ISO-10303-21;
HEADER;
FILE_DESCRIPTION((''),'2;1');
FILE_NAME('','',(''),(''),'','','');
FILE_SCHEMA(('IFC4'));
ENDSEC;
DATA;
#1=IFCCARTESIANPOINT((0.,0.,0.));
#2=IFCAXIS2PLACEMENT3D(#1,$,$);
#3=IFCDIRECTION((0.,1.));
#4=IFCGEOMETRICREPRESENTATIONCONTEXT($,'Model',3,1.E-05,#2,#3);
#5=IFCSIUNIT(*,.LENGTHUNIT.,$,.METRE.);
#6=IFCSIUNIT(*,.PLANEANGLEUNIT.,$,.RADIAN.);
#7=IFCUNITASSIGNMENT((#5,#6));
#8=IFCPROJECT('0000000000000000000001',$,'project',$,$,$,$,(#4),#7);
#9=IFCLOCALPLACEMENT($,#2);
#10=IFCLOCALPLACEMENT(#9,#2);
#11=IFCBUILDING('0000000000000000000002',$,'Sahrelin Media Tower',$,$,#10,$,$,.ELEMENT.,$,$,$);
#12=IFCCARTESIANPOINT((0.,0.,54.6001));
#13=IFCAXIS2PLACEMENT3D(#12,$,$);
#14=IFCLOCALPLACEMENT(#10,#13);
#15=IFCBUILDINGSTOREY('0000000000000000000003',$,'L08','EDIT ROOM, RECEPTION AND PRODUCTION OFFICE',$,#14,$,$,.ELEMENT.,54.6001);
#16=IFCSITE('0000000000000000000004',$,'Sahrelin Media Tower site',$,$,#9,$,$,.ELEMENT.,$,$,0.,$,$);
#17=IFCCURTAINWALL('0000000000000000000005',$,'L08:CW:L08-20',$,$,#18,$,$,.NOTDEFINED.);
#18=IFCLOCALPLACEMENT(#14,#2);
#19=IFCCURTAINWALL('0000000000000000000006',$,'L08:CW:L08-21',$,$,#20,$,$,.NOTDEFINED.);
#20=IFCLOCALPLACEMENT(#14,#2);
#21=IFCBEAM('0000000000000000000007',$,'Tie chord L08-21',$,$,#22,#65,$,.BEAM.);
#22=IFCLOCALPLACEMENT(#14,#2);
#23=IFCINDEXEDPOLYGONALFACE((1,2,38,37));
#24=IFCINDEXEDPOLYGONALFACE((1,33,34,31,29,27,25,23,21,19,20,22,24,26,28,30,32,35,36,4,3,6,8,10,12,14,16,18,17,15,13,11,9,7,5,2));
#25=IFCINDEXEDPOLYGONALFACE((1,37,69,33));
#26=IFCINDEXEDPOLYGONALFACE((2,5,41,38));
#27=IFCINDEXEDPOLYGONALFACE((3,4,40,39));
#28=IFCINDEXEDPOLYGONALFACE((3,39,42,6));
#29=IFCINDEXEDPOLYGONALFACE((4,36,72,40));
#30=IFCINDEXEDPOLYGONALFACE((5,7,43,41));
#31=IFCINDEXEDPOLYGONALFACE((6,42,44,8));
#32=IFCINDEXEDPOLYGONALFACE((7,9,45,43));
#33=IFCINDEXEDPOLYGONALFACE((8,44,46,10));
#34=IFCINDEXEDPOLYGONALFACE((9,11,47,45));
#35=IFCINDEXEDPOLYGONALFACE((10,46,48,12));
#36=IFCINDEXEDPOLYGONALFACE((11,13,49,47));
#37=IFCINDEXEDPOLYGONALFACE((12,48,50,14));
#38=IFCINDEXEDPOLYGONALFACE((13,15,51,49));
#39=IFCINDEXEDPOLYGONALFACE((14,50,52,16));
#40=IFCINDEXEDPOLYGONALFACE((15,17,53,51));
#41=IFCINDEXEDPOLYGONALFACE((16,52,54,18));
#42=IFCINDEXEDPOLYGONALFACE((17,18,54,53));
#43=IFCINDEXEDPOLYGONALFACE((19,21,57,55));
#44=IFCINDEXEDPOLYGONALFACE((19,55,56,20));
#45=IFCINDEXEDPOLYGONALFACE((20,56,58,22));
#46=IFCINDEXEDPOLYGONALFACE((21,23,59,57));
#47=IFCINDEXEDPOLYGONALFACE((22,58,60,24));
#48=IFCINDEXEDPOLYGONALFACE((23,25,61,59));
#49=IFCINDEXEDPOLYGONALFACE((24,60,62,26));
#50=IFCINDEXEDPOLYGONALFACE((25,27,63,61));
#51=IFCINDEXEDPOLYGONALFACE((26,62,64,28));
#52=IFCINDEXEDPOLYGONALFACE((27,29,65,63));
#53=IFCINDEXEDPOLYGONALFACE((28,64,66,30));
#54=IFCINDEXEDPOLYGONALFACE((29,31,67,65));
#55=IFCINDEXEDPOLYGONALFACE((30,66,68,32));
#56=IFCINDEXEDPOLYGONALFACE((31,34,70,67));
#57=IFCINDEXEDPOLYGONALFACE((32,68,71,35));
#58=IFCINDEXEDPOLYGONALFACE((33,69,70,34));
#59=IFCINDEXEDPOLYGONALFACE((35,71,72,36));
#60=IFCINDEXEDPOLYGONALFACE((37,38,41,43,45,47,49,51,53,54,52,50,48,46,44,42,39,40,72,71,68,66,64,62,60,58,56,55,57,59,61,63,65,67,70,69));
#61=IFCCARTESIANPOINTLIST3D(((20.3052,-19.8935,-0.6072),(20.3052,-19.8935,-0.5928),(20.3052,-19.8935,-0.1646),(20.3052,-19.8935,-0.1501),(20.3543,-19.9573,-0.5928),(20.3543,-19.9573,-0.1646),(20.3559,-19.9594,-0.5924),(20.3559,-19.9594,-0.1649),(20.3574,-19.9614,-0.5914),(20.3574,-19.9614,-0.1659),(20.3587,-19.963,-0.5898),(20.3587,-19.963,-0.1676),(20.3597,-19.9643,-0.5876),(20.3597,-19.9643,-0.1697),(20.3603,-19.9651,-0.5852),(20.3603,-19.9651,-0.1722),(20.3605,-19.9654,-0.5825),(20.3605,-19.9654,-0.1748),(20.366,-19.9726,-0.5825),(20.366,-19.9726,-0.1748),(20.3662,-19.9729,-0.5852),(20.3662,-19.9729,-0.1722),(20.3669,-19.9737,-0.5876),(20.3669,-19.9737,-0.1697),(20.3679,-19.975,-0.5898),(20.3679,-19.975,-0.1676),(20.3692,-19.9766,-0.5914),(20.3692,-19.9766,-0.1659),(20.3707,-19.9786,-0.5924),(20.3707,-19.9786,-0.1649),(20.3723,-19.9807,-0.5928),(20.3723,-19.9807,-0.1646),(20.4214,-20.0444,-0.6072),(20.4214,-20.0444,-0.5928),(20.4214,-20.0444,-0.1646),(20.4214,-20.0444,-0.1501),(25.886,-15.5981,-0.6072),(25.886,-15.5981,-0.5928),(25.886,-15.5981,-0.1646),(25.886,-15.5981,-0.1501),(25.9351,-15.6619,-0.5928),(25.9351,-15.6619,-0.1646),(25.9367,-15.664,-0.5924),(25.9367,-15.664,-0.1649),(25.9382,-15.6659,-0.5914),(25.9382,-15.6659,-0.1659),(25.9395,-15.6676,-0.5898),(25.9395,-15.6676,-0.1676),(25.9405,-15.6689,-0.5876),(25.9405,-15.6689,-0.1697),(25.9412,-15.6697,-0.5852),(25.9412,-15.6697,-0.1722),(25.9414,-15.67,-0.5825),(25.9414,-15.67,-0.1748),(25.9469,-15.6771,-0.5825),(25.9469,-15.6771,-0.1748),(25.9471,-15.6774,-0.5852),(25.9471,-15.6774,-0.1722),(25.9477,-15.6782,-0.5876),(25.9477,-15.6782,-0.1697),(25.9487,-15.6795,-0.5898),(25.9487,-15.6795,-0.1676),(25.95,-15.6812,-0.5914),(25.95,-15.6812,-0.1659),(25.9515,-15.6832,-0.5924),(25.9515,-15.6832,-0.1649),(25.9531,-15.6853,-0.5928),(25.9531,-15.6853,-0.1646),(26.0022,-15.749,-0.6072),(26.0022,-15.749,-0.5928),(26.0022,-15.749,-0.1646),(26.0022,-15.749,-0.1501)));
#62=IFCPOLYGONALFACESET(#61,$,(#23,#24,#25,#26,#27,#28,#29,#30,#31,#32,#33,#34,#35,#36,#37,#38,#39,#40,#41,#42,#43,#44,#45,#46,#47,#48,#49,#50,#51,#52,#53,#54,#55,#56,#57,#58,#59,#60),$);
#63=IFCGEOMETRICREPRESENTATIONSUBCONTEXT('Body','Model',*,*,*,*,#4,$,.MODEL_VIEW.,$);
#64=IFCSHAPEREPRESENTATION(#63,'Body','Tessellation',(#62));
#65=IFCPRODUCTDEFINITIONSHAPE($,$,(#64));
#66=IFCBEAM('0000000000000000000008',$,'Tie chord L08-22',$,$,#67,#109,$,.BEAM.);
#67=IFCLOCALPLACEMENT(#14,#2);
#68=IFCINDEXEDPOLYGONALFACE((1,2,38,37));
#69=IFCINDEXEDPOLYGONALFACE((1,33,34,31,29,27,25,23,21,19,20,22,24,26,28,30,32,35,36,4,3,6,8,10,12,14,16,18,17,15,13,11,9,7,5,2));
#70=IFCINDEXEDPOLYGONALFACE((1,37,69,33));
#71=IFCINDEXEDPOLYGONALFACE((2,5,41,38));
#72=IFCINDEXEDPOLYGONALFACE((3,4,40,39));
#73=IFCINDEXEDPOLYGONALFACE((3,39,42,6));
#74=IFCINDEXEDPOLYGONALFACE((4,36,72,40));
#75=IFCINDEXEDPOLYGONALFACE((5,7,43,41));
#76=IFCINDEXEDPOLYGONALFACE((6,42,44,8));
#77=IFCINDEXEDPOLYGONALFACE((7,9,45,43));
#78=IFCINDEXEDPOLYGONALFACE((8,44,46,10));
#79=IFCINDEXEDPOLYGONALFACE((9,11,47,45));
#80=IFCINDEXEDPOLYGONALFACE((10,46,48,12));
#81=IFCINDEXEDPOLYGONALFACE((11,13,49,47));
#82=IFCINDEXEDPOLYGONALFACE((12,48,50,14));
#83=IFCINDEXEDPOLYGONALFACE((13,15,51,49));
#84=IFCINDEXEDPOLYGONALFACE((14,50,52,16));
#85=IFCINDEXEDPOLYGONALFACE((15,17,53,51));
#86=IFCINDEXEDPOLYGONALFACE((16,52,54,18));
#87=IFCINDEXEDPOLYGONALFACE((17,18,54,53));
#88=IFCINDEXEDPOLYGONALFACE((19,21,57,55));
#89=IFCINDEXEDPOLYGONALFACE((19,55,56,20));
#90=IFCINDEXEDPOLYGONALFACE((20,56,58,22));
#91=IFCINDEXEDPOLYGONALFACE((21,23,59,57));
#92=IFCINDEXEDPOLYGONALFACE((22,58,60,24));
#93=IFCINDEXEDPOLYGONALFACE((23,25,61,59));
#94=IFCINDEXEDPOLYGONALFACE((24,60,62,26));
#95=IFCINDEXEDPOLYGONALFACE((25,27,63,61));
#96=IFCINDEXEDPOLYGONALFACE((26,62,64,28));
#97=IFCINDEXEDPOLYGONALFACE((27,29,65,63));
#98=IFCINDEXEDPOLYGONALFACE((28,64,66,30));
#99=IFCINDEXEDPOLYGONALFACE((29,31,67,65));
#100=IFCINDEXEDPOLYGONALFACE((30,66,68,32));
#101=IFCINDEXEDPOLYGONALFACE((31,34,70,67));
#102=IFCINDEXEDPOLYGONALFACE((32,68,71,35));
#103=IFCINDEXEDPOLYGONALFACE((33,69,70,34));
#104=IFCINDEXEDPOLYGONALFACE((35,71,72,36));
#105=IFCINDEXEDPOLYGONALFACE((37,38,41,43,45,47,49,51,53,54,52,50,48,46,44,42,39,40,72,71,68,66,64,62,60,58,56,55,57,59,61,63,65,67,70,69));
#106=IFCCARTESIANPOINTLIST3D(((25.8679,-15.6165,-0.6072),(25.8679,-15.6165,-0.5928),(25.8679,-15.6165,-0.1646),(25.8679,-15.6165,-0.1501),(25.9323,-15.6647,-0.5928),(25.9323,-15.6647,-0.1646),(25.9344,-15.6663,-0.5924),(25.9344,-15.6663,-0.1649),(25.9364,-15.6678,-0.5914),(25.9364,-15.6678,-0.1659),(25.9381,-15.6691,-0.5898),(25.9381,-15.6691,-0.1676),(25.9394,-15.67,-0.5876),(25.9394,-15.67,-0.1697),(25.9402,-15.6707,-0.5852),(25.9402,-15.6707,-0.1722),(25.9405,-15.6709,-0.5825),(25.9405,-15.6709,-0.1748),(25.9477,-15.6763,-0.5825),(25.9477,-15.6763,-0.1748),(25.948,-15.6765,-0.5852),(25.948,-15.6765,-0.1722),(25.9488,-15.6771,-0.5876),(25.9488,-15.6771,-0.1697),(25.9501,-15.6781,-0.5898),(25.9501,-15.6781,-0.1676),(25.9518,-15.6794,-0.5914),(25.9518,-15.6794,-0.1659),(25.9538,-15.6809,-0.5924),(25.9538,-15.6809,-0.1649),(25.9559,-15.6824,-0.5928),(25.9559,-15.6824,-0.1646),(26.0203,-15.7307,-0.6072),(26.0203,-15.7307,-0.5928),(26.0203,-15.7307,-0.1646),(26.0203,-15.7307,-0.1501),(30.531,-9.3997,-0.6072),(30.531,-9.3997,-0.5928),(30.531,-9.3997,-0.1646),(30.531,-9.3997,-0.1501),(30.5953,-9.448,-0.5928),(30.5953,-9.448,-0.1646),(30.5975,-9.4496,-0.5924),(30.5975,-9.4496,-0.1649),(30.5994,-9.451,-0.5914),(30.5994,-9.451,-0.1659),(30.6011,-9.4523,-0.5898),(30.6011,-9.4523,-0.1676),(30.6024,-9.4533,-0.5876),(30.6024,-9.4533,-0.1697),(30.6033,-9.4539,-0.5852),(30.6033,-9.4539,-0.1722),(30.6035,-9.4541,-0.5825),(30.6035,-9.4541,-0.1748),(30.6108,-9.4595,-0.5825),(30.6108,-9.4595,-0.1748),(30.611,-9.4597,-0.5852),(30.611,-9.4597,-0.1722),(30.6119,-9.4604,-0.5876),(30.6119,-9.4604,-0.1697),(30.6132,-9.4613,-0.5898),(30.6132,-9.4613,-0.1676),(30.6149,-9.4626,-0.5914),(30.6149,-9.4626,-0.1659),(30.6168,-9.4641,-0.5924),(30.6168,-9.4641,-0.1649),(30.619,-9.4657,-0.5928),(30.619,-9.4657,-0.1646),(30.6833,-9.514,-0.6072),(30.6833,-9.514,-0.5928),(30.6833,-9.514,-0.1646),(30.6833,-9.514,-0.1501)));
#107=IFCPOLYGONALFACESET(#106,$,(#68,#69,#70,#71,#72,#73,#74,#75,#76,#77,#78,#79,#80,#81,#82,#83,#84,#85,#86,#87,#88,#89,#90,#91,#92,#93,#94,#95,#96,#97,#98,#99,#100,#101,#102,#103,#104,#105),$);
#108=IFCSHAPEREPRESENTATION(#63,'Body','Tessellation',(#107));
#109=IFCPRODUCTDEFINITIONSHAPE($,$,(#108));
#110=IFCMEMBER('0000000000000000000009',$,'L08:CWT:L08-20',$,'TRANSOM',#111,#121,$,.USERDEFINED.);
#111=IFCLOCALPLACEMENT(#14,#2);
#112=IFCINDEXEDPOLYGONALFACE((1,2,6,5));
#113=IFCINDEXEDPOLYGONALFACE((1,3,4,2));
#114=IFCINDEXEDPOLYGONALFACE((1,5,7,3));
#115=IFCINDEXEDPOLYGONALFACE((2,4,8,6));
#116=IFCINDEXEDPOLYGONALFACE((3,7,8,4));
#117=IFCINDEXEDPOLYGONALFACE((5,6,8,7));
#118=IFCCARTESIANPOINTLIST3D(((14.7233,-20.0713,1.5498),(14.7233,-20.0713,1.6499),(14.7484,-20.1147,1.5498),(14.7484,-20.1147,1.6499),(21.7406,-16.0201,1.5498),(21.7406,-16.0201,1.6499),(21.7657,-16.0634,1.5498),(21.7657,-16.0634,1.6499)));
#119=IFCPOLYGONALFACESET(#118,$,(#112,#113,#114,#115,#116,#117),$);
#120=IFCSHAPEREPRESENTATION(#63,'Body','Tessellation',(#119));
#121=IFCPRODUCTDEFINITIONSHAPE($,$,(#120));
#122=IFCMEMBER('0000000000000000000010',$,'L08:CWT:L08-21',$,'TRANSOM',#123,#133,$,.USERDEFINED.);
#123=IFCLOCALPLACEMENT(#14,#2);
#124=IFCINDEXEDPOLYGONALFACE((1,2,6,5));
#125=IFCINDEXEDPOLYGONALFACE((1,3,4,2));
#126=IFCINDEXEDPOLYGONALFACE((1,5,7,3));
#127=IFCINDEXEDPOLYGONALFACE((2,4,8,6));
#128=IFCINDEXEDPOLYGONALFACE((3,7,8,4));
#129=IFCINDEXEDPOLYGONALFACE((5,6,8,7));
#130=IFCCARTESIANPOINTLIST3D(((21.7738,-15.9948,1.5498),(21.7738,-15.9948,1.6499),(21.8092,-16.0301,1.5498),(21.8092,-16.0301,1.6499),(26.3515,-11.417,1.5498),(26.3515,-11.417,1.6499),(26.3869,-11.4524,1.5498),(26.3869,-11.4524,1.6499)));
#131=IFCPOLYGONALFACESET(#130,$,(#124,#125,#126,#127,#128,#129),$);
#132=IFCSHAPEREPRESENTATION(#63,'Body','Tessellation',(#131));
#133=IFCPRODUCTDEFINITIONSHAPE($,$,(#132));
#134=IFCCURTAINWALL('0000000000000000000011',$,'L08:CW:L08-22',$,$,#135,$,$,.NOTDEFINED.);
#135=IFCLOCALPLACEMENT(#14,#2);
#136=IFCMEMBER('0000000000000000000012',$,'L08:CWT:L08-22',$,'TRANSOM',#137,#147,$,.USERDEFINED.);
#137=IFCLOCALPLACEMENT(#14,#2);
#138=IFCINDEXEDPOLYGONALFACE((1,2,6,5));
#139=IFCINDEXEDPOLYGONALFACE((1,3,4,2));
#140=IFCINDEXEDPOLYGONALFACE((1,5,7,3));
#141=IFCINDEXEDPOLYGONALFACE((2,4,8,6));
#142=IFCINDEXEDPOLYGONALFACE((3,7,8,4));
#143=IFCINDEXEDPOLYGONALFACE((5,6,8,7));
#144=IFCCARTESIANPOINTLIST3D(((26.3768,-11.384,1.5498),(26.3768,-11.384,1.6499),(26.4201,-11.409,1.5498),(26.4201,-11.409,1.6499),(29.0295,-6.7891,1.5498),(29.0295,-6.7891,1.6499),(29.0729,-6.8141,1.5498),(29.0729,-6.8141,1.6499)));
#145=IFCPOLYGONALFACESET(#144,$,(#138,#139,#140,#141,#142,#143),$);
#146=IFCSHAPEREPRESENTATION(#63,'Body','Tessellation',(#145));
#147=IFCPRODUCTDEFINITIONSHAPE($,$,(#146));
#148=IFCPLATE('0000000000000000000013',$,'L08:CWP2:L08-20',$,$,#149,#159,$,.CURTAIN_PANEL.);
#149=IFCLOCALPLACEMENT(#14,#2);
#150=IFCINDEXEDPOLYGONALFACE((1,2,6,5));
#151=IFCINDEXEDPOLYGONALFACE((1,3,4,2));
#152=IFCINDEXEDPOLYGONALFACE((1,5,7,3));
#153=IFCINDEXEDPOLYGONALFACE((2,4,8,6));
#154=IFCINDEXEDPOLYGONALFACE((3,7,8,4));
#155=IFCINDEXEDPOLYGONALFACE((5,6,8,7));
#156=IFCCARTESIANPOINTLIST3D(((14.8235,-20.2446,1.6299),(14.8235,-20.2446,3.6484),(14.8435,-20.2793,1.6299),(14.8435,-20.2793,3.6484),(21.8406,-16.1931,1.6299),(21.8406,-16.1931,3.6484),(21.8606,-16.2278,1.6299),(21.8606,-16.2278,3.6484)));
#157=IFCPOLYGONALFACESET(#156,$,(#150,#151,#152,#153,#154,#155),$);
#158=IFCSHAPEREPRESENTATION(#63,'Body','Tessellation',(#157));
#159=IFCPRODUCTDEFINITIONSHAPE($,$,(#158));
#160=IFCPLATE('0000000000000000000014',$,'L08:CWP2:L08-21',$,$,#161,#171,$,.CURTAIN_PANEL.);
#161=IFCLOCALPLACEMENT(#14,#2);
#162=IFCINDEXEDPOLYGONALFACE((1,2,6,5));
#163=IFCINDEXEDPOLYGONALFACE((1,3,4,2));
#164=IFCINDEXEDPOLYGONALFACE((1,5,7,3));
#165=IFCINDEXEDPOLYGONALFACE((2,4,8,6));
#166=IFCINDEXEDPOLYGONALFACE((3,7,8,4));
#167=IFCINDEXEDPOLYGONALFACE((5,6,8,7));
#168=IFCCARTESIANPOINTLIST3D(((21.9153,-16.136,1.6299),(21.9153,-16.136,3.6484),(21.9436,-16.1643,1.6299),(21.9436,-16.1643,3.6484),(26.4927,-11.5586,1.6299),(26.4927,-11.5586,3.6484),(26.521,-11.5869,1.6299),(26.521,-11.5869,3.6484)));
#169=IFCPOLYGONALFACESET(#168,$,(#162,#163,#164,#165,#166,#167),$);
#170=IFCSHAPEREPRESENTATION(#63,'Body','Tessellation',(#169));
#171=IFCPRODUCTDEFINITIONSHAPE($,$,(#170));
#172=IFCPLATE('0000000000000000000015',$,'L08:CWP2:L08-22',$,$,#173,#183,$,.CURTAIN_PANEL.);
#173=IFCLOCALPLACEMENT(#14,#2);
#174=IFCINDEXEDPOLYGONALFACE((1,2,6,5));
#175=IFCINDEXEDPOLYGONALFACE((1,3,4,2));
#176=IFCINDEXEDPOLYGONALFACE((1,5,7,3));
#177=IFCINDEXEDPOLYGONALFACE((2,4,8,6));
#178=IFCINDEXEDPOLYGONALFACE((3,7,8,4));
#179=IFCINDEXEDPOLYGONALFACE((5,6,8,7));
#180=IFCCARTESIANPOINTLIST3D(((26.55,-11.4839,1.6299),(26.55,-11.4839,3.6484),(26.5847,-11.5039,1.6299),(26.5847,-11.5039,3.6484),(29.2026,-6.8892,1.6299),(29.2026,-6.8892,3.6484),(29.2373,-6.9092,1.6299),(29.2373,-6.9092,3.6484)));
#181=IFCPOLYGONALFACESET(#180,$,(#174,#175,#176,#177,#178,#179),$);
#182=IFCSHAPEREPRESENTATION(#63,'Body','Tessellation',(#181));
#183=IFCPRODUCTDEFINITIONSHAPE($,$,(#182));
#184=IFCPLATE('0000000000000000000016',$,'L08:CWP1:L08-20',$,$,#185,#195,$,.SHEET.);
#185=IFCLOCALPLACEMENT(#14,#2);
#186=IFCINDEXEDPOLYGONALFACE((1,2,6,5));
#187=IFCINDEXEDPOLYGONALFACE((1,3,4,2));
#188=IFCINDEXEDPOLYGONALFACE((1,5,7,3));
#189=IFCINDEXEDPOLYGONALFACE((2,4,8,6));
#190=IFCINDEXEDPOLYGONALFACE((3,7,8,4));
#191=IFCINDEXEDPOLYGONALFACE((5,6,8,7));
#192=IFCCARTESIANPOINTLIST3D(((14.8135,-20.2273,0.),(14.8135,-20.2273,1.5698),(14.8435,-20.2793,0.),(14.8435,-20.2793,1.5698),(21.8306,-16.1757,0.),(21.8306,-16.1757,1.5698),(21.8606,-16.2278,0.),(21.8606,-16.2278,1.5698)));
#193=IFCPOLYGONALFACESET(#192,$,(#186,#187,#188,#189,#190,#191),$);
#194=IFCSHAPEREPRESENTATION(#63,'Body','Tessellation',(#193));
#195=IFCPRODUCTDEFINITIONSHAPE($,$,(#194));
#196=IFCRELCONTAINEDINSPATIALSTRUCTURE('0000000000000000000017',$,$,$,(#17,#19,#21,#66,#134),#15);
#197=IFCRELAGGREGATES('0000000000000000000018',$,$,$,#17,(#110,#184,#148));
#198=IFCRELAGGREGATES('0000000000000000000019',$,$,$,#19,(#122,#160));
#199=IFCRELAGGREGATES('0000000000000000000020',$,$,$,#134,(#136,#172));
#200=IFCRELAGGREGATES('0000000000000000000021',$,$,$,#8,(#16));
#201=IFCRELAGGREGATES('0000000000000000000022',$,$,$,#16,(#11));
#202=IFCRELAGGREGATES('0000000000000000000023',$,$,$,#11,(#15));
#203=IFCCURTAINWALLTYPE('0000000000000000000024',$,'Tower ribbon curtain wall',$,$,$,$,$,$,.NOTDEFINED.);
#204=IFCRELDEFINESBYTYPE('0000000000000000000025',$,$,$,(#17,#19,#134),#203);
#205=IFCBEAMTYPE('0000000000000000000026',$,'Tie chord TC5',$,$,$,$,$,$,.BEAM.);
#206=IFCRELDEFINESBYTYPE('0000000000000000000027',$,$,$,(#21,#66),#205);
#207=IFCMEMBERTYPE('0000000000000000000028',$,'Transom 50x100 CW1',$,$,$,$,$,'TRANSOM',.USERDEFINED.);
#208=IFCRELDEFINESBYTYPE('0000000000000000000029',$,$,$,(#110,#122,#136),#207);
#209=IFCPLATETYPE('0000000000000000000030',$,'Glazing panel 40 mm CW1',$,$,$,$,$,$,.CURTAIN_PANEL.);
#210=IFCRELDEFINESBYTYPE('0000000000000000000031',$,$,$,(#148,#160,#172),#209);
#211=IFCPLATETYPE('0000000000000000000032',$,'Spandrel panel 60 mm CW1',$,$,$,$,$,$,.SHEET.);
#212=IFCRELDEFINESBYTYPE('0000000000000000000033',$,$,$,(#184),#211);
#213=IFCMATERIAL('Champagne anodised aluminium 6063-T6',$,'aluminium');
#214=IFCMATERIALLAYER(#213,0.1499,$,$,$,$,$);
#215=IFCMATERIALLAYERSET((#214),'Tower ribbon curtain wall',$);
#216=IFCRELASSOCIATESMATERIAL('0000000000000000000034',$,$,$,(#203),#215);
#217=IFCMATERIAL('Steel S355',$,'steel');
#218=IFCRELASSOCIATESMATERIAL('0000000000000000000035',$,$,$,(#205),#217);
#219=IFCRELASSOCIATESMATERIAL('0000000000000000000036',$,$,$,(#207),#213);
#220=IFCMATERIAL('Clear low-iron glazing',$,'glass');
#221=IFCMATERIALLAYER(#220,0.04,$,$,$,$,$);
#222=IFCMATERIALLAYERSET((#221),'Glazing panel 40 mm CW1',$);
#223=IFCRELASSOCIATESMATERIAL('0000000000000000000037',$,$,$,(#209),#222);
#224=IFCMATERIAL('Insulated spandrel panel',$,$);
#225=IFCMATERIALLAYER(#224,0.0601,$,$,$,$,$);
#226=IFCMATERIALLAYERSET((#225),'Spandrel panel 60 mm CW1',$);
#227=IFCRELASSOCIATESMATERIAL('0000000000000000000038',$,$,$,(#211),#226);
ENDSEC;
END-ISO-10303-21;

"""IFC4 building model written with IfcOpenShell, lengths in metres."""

from ifc_helpers import new_model, si_unit, direction, frame, origin, origin_2d, place, context, subcontext, project, spatial, polyline, rectangle, i_section, outline, extrude, material, layer, layer_set, material_profile, profile_set, type_object, element, aggregate, save


model = new_model("IFC4")

# Units and contexts
model_context = context("Model", 3, precision=1e-05, world=origin(), true_north=direction((0.0, 1.0)))
body_context = subcontext(model_context, "Body", "Model", "MODEL_VIEW")
ifc_project = project(units=[si_unit("LENGTHUNIT", "METRE"), si_unit("PLANEANGLEUNIT", "RADIAN")], contexts=[model_context])

# Site, building, storey
site_placement = place(None, origin())
site = spatial("IfcSite", under=ifc_project, at=site_placement, Name="Sahrelin Media Tower site", CompositionType="ELEMENT", RefElevation=0.0)
building_placement = place(site_placement, origin())
building = spatial("IfcBuilding", under=site, at=building_placement, Name="Sahrelin Media Tower", CompositionType="ELEMENT")
storey_placement = place(building_placement, frame((0.0, 0.0, 54.6001)))
storey = spatial("IfcBuildingStorey", under=building, at=storey_placement, Name="L08", Description="EDIT ROOM, RECEPTION AND PRODUCTION OFFICE", CompositionType="ELEMENT", Elevation=54.6001)

# Shared definitions
ifc_material_1 = material(Name="Steel S355", Category="steel")

# Curtain walls
ifc_material_2 = material(Name="Champagne anodised aluminium 6063-T6", Category="aluminium")
ifc_layer_1 = layer(ifc_material_2, 0.1499)
ifc_layer_set_1 = layer_set([ifc_layer_1], Name="Tower ribbon curtain wall")
curtain_wall_type = type_object("IfcCurtainWallType", Name="Tower ribbon curtain wall", PredefinedType="NOTDEFINED", material=ifc_layer_set_1)
curtain_wall_1_placement = place(storey_placement, frame((18.342, -18.2363, 0.0), z_axis=(0.0, 0.0, 1.0), x_axis=(1.0, 0.0, 0.0)))
curtain_wall_1 = element("IfcCurtainWall", 1, at=curtain_wall_1_placement, inside=storey, type_object=curtain_wall_type, Name="L08:CW:L08-20", PredefinedType="NOTDEFINED")
curtain_wall_2_placement = place(storey_placement, frame((24.2183, -13.8616, 0.0), z_axis=(0.0, 0.0, 1.0), x_axis=(1.0, 0.0, 0.0)))
curtain_wall_2 = element("IfcCurtainWall", 2, at=curtain_wall_2_placement, inside=storey, type_object=curtain_wall_type, Name="L08:CW:L08-21", PredefinedType="NOTDEFINED")

# Beams
ifc_material_profile_1 = material_profile(ifc_material_1, i_section(OverallWidth=0.1904, OverallDepth=0.457, WebThickness=0.009, FlangeThickness=0.0144, FilletRadius=0.0103, at=origin_2d()), Name="UB 457x191x74")
ifc_profile_set_1 = profile_set([ifc_material_profile_1], Name="Steel S355")
beam_type_1 = type_object("IfcBeamType", Name="Tie chord TC5", PredefinedType="BEAM", material=ifc_profile_set_1)
beam_1_placement = place(storey_placement, frame((20.3633, -19.969, -0.3787), z_axis=(0.792454, 0.609932, 0.0), x_axis=(-0.609932, 0.792454, 0.0)))
element("IfcBeam", 3, at=beam_1_placement, inside=storey, type_object=beam_type_1, Name="Tie chord L08-21", PredefinedType="BEAM", context=body_context, shape_type="SweptSolid", body=[
    extrude(i_section(OverallWidth=0.1904, OverallDepth=0.457, WebThickness=0.009, FlangeThickness=0.0144, FilletRadius=0.0103, at=origin_2d()), origin(), (0.0, 0.0, 1.0), 7.0425),
])
beam_2_placement = place(storey_placement, frame((25.9441, -15.6736, -0.3787), z_axis=(0.60004, 0.79997, 0.0), x_axis=(-0.79997, 0.60004, 0.0)))
element("IfcBeam", 4, at=beam_2_placement, inside=storey, type_object=beam_type_1, Name="Tie chord L08-22", PredefinedType="BEAM", context=body_context, shape_type="SweptSolid", body=[
    extrude(i_section(OverallWidth=0.1904, OverallDepth=0.457, WebThickness=0.009, FlangeThickness=0.0144, FilletRadius=0.0103, at=origin_2d()), origin(), (0.0, 0.0, 1.0), 7.7712),
])

# Members
ifc_material_profile_2 = material_profile(ifc_material_2, rectangle(XDim=0.05, YDim=0.1001, at=origin_2d()), Name="Transom 50x100")
ifc_profile_set_2 = profile_set([ifc_material_profile_2], Name="Champagne anodised aluminium 6063-T6")
member_type_1 = type_object("IfcMemberType", Name="Transom 50x100 CW1", ElementType="TRANSOM", PredefinedType="USERDEFINED", material=ifc_profile_set_2)
member_1_placement = place(storey_placement, frame((14.7358, -20.093, 1.5999), z_axis=(0.866036, 0.499982, 0.0), x_axis=(-0.499982, 0.866036, 0.0)))
member_1 = element("IfcMember", 5, at=member_1_placement, type_object=member_type_1, Name="L08:CWT:L08-20", ObjectType="TRANSOM", PredefinedType="USERDEFINED", context=body_context, shape_type="SweptSolid", body=[
    extrude(rectangle(XDim=0.05, YDim=0.1001, at=origin_2d()), origin(), (0.0, 0.0, 1.0), 8.1028),
])
member_2_placement = place(storey_placement, frame((21.7915, -16.0125, 1.5999), z_axis=(0.707107, 0.707107, 0.0), x_axis=(-0.707107, 0.707107, 0.0)))
member_2 = element("IfcMember", 6, at=member_2_placement, type_object=member_type_1, Name="L08:CWT:L08-21", ObjectType="TRANSOM", PredefinedType="USERDEFINED", context=body_context, shape_type="SweptSolid", body=[
    extrude(rectangle(XDim=0.05, YDim=0.1001, at=origin_2d()), origin(), (0.0, 0.0, 1.0), 6.4739),
])

# Curtain wall, member
curtain_wall_3_placement = place(storey_placement, frame((27.8938, -9.1965, 0.0), z_axis=(0.0, 0.0, 1.0), x_axis=(1.0, 0.0, 0.0)))
curtain_wall_3 = element("IfcCurtainWall", 7, at=curtain_wall_3_placement, inside=storey, type_object=curtain_wall_type, Name="L08:CW:L08-22", PredefinedType="NOTDEFINED")
member_3_placement = place(storey_placement, frame((26.3984, -11.3965, 1.5999), z_axis=(0.499989, 0.866032, 0.0), x_axis=(-0.866032, 0.499989, 0.0)))
member_3 = element("IfcMember", 8, at=member_3_placement, type_object=member_type_1, Name="L08:CWT:L08-22", ObjectType="TRANSOM", PredefinedType="USERDEFINED", context=body_context, shape_type="SweptSolid", body=[
    extrude(rectangle(XDim=0.05, YDim=0.1001, at=origin_2d()), origin(), (0.0, 0.0, 1.0), 5.3057),
])

# Plates
ifc_material_3 = material(Name="Clear low-iron glazing", Category="glass")
ifc_layer_2 = layer(ifc_material_3, 0.04)
ifc_layer_set_2 = layer_set([ifc_layer_2], Name="Glazing panel 40 mm CW1")
plate_type_1 = type_object("IfcPlateType", Name="Glazing panel 40 mm CW1", PredefinedType="CURTAIN_PANEL", material=ifc_layer_set_2)
plate_1_placement = place(storey_placement, frame((14.8435, -20.2793, 1.6299), z_axis=(0.500018, -0.866015, 0.0), x_axis=(0.866015, 0.500018, 0.0)))
plate_1 = element("IfcPlate", 9, at=plate_1_placement, type_object=plate_type_1, Name="L08:CWP2:L08-20", PredefinedType="CURTAIN_PANEL", context=body_context, shape_type="SweptSolid", body=[
    extrude(outline(polyline([(0.0, 0.0), (8.1028, 0.0), (8.1028, 2.0186), (0.0, 2.0186), (0.0, 0.0)])), origin(), (0.0, 0.0, -1.0), 0.04),
])
plate_2_placement = place(storey_placement, frame((21.9436, -16.1643, 1.6299), z_axis=(0.707107, -0.707107, 0.0), x_axis=(0.707107, 0.707107, 0.0)))
plate_2 = element("IfcPlate", 10, at=plate_2_placement, type_object=plate_type_1, Name="L08:CWP2:L08-21", PredefinedType="CURTAIN_PANEL", context=body_context, shape_type="SweptSolid", body=[
    extrude(outline(polyline([(0.0, 0.0), (6.4734, 0.0), (6.4734, 2.0186), (0.0, 2.0186), (0.0, 0.0)])), origin(), (0.0, 0.0, -1.0), 0.04),
])
plate_3_placement = place(storey_placement, frame((26.5847, -11.5039, 1.6299), z_axis=(0.86604, -0.499975, 0.0), x_axis=(0.499975, 0.86604, 0.0)))
plate_3 = element("IfcPlate", 11, at=plate_3_placement, type_object=plate_type_1, Name="L08:CWP2:L08-22", PredefinedType="CURTAIN_PANEL", context=body_context, shape_type="SweptSolid", body=[
    extrude(outline(polyline([(0.0, 0.0), (5.3054, 0.0), (5.3054, 2.0186), (0.0, 2.0186), (0.0, 0.0)])), origin(), (0.0, 0.0, -1.0), 0.04),
])
ifc_material_4 = material(Name="Insulated spandrel panel")
ifc_layer_3 = layer(ifc_material_4, 0.0601)
ifc_layer_set_3 = layer_set([ifc_layer_3], Name="Spandrel panel 60 mm CW1")
plate_type_2 = type_object("IfcPlateType", Name="Spandrel panel 60 mm CW1", PredefinedType="SHEET", material=ifc_layer_set_3)
plate_4_placement = place(storey_placement, frame((14.8435, -20.2793, 0.0), z_axis=(0.500018, -0.866015, 0.0), x_axis=(0.866015, 0.500018, 0.0)))
plate_4 = element("IfcPlate", 12, at=plate_4_placement, type_object=plate_type_2, Name="L08:CWP1:L08-20", PredefinedType="SHEET", context=body_context, shape_type="SweptSolid", body=[
    extrude(outline(polyline([(0.0, 0.0), (8.1028, 0.0), (8.1028, 1.5698), (0.0, 1.5698), (0.0, 0.0)])), origin(), (0.0, 0.0, -1.0), 0.0601),
])
aggregate(curtain_wall_1, [member_1, plate_4, plate_1])
aggregate(curtain_wall_2, [member_2, plate_2])
aggregate(curtain_wall_3, [member_3, plate_3])

save(model, "model.ifc")
